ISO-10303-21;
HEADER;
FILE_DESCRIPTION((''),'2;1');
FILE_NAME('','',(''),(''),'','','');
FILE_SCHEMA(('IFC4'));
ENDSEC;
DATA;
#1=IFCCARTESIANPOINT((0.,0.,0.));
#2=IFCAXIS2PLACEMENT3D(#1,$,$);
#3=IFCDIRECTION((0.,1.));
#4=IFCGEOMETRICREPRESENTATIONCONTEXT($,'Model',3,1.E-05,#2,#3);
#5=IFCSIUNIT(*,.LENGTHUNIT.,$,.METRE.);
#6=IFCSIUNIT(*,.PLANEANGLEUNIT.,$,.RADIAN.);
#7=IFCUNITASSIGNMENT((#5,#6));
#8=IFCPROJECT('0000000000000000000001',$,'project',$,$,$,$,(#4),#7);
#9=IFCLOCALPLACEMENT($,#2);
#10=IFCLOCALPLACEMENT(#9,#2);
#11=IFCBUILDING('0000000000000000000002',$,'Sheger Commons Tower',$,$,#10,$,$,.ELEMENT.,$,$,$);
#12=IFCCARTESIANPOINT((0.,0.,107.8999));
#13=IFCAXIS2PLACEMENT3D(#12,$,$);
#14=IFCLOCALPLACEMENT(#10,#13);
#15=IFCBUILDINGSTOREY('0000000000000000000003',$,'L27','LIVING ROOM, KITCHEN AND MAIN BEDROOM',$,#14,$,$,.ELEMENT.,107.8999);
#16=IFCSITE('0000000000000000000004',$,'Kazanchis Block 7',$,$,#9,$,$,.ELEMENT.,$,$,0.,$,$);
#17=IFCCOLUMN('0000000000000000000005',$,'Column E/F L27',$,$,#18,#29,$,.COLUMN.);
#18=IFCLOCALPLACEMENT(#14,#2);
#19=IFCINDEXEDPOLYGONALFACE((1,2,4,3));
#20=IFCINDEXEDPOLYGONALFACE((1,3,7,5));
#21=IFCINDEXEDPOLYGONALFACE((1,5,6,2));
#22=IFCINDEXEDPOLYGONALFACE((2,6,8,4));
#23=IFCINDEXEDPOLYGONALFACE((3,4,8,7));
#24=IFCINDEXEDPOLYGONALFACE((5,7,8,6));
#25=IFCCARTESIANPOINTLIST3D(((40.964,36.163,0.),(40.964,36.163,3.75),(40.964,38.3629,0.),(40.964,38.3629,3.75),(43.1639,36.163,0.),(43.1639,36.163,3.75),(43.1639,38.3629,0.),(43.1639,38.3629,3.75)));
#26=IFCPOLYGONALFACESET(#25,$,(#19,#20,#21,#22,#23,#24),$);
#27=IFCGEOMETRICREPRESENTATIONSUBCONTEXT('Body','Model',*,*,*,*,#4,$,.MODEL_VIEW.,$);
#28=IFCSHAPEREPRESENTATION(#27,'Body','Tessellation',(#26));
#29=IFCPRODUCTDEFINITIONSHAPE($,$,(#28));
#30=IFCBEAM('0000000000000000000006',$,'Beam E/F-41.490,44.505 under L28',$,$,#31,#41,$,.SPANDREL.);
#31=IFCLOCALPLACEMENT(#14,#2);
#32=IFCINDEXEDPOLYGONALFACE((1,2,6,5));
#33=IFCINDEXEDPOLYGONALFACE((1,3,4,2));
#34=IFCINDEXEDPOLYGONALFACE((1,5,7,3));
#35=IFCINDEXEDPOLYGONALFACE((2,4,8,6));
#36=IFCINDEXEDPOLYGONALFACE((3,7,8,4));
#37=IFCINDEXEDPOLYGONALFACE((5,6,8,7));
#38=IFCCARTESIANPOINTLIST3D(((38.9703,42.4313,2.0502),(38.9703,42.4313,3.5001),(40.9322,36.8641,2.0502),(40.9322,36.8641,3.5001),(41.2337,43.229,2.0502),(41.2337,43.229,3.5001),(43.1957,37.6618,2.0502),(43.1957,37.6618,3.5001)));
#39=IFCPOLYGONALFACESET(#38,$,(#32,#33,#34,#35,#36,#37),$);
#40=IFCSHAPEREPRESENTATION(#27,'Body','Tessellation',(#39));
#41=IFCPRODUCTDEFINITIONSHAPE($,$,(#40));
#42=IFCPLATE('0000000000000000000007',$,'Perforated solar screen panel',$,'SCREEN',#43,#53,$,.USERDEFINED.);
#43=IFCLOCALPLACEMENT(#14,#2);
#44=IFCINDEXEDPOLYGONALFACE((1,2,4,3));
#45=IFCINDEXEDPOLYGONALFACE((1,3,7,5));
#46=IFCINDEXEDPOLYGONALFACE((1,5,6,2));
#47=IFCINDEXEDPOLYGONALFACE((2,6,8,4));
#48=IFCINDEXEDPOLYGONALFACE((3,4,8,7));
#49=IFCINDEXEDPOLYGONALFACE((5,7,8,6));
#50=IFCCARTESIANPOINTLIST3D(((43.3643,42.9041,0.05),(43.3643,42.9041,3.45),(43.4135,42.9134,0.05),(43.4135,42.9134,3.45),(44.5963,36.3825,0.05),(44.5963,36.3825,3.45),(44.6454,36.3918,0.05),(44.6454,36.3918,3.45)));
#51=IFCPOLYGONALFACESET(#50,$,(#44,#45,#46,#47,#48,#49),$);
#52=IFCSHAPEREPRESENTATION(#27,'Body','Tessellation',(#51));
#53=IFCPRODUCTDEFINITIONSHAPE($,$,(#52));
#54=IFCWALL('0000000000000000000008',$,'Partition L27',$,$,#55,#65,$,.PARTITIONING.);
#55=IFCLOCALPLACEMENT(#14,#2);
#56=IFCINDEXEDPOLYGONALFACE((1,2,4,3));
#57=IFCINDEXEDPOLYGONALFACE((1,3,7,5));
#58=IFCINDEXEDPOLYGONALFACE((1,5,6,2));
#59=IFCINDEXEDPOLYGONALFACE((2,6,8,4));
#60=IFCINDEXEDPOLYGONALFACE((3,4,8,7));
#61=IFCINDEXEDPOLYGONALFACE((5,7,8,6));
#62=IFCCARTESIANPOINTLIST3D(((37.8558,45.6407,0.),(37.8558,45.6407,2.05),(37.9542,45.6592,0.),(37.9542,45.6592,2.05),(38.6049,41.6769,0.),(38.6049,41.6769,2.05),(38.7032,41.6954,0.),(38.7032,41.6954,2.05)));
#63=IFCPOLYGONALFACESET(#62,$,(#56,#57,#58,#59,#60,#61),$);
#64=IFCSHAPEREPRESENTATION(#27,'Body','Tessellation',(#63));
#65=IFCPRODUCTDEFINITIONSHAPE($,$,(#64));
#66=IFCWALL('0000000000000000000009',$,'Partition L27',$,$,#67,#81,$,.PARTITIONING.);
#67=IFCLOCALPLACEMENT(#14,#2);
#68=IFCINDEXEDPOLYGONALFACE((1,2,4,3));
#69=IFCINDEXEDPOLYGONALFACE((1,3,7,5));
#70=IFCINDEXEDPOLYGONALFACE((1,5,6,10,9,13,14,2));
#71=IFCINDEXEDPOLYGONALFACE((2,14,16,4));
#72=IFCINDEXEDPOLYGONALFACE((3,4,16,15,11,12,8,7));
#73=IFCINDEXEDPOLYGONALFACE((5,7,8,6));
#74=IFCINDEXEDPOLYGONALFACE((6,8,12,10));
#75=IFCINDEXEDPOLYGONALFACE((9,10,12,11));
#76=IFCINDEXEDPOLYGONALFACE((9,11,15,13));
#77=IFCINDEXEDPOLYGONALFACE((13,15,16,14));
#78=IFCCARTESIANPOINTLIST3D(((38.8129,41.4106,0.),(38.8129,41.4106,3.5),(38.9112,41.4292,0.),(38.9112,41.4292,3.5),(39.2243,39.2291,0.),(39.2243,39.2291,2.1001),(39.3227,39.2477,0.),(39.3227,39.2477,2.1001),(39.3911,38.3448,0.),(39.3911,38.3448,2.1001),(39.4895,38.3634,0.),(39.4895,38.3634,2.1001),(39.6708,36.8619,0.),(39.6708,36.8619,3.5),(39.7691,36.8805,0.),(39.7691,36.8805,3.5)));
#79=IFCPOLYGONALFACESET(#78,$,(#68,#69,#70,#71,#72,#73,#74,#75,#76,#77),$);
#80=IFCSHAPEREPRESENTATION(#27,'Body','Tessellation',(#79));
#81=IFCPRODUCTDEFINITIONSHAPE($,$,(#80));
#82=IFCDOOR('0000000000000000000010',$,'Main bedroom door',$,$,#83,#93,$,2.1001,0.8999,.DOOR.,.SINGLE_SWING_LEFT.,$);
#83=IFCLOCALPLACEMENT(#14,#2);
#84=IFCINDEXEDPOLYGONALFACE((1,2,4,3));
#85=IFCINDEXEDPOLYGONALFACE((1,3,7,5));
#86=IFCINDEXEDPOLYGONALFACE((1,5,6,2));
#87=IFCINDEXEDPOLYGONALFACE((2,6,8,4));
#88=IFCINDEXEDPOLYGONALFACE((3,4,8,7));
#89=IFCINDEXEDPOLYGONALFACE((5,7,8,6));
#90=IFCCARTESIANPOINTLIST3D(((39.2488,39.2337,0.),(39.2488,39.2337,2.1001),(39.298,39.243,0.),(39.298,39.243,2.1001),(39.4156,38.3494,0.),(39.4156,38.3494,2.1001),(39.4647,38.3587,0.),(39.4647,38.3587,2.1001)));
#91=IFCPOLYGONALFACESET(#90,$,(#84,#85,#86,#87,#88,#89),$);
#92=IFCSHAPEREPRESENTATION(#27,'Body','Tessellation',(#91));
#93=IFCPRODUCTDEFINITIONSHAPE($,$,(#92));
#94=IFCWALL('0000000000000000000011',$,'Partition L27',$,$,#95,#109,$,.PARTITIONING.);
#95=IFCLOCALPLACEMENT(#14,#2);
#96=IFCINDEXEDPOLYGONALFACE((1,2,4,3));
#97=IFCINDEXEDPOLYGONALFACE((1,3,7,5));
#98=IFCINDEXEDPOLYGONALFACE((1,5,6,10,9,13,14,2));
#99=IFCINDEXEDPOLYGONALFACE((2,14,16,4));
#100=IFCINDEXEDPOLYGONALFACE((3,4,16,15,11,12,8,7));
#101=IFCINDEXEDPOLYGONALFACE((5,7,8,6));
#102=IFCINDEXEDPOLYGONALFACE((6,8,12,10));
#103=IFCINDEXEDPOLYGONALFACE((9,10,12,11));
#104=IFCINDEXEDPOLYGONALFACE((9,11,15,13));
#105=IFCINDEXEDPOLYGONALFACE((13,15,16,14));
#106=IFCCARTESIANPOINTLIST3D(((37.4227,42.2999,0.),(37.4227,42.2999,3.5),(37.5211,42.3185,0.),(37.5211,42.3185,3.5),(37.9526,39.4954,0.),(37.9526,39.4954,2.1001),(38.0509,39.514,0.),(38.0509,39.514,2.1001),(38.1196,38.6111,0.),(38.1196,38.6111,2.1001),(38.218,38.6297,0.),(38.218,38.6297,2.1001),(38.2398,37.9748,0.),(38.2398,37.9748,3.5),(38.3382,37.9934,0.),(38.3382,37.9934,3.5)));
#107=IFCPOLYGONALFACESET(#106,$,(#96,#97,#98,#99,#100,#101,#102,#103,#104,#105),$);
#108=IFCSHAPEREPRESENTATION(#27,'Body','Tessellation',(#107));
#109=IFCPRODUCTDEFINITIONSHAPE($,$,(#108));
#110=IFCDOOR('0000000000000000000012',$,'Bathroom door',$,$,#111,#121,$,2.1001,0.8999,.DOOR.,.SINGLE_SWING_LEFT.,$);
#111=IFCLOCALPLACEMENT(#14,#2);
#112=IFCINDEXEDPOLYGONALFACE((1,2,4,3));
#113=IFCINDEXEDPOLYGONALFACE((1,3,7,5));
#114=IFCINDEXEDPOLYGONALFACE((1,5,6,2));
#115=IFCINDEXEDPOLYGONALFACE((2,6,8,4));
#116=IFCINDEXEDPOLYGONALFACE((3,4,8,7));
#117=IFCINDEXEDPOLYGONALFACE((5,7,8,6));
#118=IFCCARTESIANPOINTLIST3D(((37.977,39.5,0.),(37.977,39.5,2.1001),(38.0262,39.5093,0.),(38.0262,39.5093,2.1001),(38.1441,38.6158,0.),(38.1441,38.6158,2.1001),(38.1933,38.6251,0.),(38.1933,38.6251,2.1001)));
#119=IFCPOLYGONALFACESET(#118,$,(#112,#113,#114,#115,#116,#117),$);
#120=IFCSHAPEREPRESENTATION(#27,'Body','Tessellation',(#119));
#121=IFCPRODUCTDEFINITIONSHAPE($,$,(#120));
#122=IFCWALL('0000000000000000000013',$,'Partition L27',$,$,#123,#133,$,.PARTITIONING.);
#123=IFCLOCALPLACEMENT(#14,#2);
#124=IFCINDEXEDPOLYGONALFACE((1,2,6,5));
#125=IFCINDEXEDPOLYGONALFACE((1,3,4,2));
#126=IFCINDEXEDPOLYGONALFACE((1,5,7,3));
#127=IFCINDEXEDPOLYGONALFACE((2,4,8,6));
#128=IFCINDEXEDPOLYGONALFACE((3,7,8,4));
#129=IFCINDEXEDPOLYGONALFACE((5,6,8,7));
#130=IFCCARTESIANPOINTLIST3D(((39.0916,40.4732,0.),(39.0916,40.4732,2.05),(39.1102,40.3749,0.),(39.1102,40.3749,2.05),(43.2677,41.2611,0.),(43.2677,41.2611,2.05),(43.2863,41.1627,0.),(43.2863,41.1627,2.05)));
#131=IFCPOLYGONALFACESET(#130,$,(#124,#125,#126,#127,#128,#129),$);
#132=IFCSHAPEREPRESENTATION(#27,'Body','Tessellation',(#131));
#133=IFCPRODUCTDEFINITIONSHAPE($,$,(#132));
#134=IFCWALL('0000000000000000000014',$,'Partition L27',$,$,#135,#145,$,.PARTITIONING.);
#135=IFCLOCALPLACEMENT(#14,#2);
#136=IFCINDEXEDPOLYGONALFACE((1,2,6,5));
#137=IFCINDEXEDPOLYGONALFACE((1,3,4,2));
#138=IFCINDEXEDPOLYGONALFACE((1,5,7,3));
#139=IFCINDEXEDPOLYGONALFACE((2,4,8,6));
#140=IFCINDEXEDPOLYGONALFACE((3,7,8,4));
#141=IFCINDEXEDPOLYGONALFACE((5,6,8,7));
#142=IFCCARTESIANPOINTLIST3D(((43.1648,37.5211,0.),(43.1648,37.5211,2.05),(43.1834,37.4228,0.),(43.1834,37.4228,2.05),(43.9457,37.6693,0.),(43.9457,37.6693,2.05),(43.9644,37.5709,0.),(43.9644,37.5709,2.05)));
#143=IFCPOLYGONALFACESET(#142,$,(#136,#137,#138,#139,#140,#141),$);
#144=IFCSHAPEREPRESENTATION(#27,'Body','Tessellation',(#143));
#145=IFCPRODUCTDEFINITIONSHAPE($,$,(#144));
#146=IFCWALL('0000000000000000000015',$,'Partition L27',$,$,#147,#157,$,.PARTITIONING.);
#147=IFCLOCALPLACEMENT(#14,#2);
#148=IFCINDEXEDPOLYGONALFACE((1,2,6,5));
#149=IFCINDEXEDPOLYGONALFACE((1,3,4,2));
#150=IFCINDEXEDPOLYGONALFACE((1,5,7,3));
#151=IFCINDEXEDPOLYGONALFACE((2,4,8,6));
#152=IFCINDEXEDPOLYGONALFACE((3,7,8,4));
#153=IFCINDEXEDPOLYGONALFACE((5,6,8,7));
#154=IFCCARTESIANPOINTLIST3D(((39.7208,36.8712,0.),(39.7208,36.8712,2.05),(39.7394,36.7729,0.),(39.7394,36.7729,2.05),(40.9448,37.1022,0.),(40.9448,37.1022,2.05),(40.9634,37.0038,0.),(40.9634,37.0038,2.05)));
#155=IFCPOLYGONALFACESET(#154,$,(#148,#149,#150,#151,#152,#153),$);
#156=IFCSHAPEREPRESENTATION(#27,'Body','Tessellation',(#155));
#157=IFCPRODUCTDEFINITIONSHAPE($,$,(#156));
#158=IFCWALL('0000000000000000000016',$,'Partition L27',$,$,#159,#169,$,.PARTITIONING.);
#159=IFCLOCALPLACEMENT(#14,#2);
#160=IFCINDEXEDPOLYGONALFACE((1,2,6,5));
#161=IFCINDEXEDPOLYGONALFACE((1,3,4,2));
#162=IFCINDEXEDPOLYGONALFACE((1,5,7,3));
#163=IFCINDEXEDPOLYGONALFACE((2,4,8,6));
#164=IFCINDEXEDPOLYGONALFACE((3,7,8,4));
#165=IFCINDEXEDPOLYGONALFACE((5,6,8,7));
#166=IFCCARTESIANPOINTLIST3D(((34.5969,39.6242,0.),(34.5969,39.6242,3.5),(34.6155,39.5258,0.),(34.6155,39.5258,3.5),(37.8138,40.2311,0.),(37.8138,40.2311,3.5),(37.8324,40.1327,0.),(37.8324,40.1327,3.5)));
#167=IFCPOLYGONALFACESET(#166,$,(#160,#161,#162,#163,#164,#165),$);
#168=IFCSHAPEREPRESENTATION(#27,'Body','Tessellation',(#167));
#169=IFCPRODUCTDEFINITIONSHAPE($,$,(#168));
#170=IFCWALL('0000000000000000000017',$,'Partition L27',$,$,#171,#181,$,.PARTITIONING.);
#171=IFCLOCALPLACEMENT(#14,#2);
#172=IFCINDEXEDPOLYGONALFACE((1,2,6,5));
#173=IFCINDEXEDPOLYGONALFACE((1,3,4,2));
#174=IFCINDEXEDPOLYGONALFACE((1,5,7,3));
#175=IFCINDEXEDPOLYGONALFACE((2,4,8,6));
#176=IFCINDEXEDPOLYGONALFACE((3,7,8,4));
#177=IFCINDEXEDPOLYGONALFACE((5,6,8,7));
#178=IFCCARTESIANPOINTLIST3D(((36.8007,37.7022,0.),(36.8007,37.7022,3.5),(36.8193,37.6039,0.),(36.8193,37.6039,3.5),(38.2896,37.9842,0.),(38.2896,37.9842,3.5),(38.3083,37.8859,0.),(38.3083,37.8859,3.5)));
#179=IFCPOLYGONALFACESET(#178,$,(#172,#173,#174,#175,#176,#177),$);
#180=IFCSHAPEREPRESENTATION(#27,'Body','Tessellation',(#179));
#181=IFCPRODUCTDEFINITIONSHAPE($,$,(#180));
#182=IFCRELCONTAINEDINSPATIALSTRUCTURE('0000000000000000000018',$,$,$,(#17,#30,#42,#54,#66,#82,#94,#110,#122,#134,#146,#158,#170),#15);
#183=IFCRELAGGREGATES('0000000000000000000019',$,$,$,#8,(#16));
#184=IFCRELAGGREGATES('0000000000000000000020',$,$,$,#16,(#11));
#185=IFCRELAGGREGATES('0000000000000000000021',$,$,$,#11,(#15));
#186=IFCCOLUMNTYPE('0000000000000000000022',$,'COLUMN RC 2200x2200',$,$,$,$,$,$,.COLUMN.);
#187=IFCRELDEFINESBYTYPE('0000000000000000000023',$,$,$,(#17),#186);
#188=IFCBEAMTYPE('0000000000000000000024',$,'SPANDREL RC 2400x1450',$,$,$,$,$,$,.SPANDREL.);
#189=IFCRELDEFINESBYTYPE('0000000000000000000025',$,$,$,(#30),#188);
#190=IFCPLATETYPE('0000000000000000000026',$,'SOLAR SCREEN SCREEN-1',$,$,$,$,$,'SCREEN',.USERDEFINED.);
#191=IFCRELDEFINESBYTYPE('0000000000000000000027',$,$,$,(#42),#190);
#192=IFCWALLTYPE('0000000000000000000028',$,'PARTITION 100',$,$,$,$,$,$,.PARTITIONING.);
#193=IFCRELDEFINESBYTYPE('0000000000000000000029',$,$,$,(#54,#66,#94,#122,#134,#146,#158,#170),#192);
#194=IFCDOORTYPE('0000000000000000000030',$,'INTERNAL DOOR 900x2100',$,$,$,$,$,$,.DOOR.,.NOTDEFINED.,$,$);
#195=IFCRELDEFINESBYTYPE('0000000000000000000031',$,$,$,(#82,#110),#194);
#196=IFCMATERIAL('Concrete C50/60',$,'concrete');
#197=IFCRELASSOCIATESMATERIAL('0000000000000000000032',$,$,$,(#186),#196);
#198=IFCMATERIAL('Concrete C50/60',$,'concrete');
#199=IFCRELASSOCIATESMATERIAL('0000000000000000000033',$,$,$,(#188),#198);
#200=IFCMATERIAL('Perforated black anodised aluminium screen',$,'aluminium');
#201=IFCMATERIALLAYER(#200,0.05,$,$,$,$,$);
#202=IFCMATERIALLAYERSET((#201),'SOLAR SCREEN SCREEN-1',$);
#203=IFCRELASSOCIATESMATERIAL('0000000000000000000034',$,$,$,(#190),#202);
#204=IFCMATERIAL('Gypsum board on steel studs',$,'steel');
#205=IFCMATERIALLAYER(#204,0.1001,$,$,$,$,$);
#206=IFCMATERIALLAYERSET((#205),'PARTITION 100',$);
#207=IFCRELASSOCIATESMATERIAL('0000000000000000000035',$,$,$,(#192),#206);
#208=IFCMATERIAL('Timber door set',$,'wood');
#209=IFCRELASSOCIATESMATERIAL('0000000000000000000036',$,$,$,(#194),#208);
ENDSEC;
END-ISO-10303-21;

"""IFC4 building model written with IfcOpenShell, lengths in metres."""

from ifc_helpers import new_model, si_unit, direction, frame, frame_2d, origin, origin_2d, place, context, subcontext, project, spatial, rectangle, extrude, material, layer, layer_set, material_profile, profile_set, type_object, element, fill, save


model = new_model("IFC4")

# Units and contexts
model_context = context("Model", 3, precision=1e-05, world=origin(), true_north=direction((0.0, 1.0)))
body_context = subcontext(model_context, "Body", "Model", "MODEL_VIEW")
ifc_project = project(units=[si_unit("LENGTHUNIT", "METRE"), si_unit("PLANEANGLEUNIT", "RADIAN")], contexts=[model_context])

# Site, building, storey
site_placement = place(None, origin())
site = spatial("IfcSite", under=ifc_project, at=site_placement, Name="Kazanchis Block 7", CompositionType="ELEMENT", RefElevation=0.0)
building_placement = place(site_placement, origin())
building = spatial("IfcBuilding", under=site, at=building_placement, Name="Sheger Commons Tower", CompositionType="ELEMENT")
storey_placement = place(building_placement, frame((0.0, 0.0, 107.8999)))
storey = spatial("IfcBuildingStorey", under=building, at=storey_placement, Name="L27", Description="LIVING ROOM, KITCHEN AND MAIN BEDROOM", CompositionType="ELEMENT", Elevation=107.8999)

# Column
ifc_material_1 = material(Name="Concrete C50/60", Category="concrete")
ifc_material_profile_1 = material_profile(ifc_material_1, rectangle(XDim=2.2, YDim=2.2, at=origin_2d()), Name="RC 2200x2200")
ifc_profile_set_1 = profile_set([ifc_material_profile_1], Name="Concrete C50/60")
column_type = type_object("IfcColumnType", Name="COLUMN RC 2200x2200", PredefinedType="COLUMN", material=ifc_profile_set_1)
column_placement = place(storey_placement, frame((42.064, 37.2629, 0.0), z_axis=(0.0, 0.0, 1.0), x_axis=(1.0, 0.0, 0.0)))
element("IfcColumn", 1, at=column_placement, inside=storey, type_object=column_type, Name="Column E/F L27", PredefinedType="COLUMN", context=body_context, shape_type="SweptSolid", body=[
    extrude(rectangle(XDim=2.2, YDim=2.2, at=origin_2d()), origin(), (0.0, 0.0, 1.0), 3.75),
])

# Beam
ifc_material_2 = material(Name="Concrete C50/60", Category="concrete")
ifc_material_profile_2 = material_profile(ifc_material_2, rectangle(XDim=2.3999, YDim=1.45, at=origin_2d()), Name="RC 2400x1450")
ifc_profile_set_2 = profile_set([ifc_material_profile_2], Name="Concrete C50/60")
beam_type = type_object("IfcBeamType", Name="SPANDREL RC 2400x1450", PredefinedType="SPANDREL", material=ifc_profile_set_2)
beam_placement = place(storey_placement, frame((42.064, 37.2629, 2.7751), z_axis=(-0.332374, 0.943148, 0.0), x_axis=(-0.943148, -0.332374, 0.0)))
element("IfcBeam", 2, at=beam_placement, inside=storey, type_object=beam_type, Name="Beam E/F-41.490,44.505 under L28", PredefinedType="SPANDREL", context=body_context, shape_type="SweptSolid", body=[
    extrude(rectangle(XDim=2.3999, YDim=1.45, at=origin_2d()), origin(), (0.0, 0.0, 1.0), 5.9028),
])

# Plate
ifc_material_3 = material(Name="Perforated black anodised aluminium screen", Category="aluminium")
ifc_layer_1 = layer(ifc_material_3, 0.05)
ifc_layer_set_1 = layer_set([ifc_layer_1], Name="SOLAR SCREEN SCREEN-1")
plate_type = type_object("IfcPlateType", Name="SOLAR SCREEN SCREEN-1", ElementType="SCREEN", PredefinedType="USERDEFINED", material=ifc_layer_set_1)
plate_placement = place(storey_placement, frame((44.0049, 39.6479, 0.05), z_axis=(0.0, 0.0, 1.0), x_axis=(-0.185615, 0.982623, 0.0)))
element("IfcPlate", 3, at=plate_placement, inside=storey, type_object=plate_type, Name="Perforated solar screen panel", ObjectType="SCREEN", PredefinedType="USERDEFINED", context=body_context, shape_type="SweptSolid", body=[
    extrude(rectangle(XDim=6.637, YDim=0.05, at=origin_2d()), origin(), (0.0, 0.0, 1.0), 3.3999),
])

# Wall
ifc_material_4 = material(Name="Gypsum board on steel studs", Category="steel")
ifc_layer_2 = layer(ifc_material_4, 0.1001)
ifc_layer_set_2 = layer_set([ifc_layer_2], Name="PARTITION 100")
wall_type = type_object("IfcWallType", Name="PARTITION 100", PredefinedType="PARTITIONING", material=ifc_layer_set_2)
wall_1_placement = place(storey_placement, frame((38.6541, 41.686, 0.0), z_axis=(0.0, 0.0, 1.0), x_axis=(-0.185677, 0.982611, 0.0)))
element("IfcWall", 4, at=wall_1_placement, inside=storey, type_object=wall_type, Name="Partition L27", PredefinedType="PARTITIONING", context=body_context, shape_type="SweptSolid", body=[
    extrude(rectangle(XDim=4.0339, YDim=0.1001, at=frame_2d((2.0171, 0.0))), origin(), (0.0, 0.0, 1.0), 2.05),
])

# Walls, openings, doors
wall_2_placement = place(storey_placement, frame((38.8621, 41.4199, 0.0), z_axis=(0.0, 0.0, 1.0), x_axis=(0.185333, -0.982676, 0.0)))
wall_2 = element("IfcWall", 5, at=wall_2_placement, inside=storey, type_object=wall_type, Name="Partition L27", PredefinedType="PARTITIONING", context=body_context, shape_type="SweptSolid", body=[
    extrude(rectangle(XDim=4.6289, YDim=0.1001, at=frame_2d((2.3145, 0.0))), origin(), (0.0, 0.0, 1.0), 3.5),
])
opening_1_placement = place(wall_2_placement, frame((2.22, 0.0, 0.0)))
opening_1 = element("IfcOpeningElement", 6, at=opening_1_placement, cuts=wall_2, PredefinedType="OPENING", context=body_context, shape_type="SweptSolid", body=[
    extrude(rectangle(XDim=0.8999, YDim=2.1001, at=frame_2d((0.45, 1.05))), frame((0.0, 0.0601, 0.0), z_axis=(0.0, -1.0, 0.0), x_axis=(1.0, 0.0, 0.0)), (0.0, 0.0, 1.0), 0.1201),
])
ifc_material_5 = material(Name="Timber door set", Category="wood")
door_type = type_object("IfcDoorType", Name="INTERNAL DOOR 900x2100", OperationType="NOTDEFINED", PredefinedType="DOOR", material=ifc_material_5)
door_1_placement = place(opening_1_placement, origin())
door_1 = element("IfcDoor", 7, at=door_1_placement, inside=storey, type_object=door_type, Name="Main bedroom door", OperationType="SINGLE_SWING_LEFT", OverallHeight=2.1001, OverallWidth=0.8999, PredefinedType="DOOR", context=body_context, shape_type="SweptSolid", body=[
    extrude(rectangle(XDim=0.8999, YDim=2.1001, at=frame_2d((0.45, 1.05))), frame((0.0, 0.0249, 0.0), z_axis=(0.0, -1.0, 0.0), x_axis=(1.0, 0.0, 0.0)), (0.0, 0.0, 1.0), 0.05),
])
fill(opening_1, door_1)
wall_3_placement = place(storey_placement, frame((37.4719, 42.3091, 0.0), z_axis=(0.0, 0.0, 1.0), x_axis=(0.185641, -0.982618, 0.0)))
wall_3 = element("IfcWall", 8, at=wall_3_placement, inside=storey, type_object=wall_type, Name="Partition L27", PredefinedType="PARTITIONING", context=body_context, shape_type="SweptSolid", body=[
    extrude(rectangle(XDim=4.4016, YDim=0.1001, at=frame_2d((2.2007, 0.0))), origin(), (0.0, 0.0, 1.0), 3.5),
])
opening_2_placement = place(wall_3_placement, frame((2.854, 0.0, 0.0)))
opening_2 = element("IfcOpeningElement", 9, at=opening_2_placement, cuts=wall_3, PredefinedType="OPENING", context=body_context, shape_type="SweptSolid", body=[
    extrude(rectangle(XDim=0.8999, YDim=2.1001, at=frame_2d((0.45, 1.05))), frame((0.0, 0.0601, 0.0), z_axis=(0.0, -1.0, 0.0), x_axis=(1.0, 0.0, 0.0)), (0.0, 0.0, 1.0), 0.1201),
])
door_2_placement = place(opening_2_placement, origin())
door_2 = element("IfcDoor", 10, at=door_2_placement, inside=storey, type_object=door_type, Name="Bathroom door", OperationType="SINGLE_SWING_LEFT", OverallHeight=2.1001, OverallWidth=0.8999, PredefinedType="DOOR", context=body_context, shape_type="SweptSolid", body=[
    extrude(rectangle(XDim=0.8999, YDim=2.1001, at=frame_2d((0.45, 1.05))), frame((0.0, 0.0249, 0.0), z_axis=(0.0, -1.0, 0.0), x_axis=(1.0, 0.0, 0.0)), (0.0, 0.0, 1.0), 0.05),
])
fill(opening_2, door_2)

# Walls
wall_4_placement = place(storey_placement, frame((43.2771, 41.2119, 0.0), z_axis=(0.0, 0.0, 1.0), x_axis=(-0.982665, -0.185388, 0.0)))
element("IfcWall", 11, at=wall_4_placement, inside=storey, type_object=wall_type, Name="Partition L27", PredefinedType="PARTITIONING", context=body_context, shape_type="SweptSolid", body=[
    extrude(rectangle(XDim=4.2498, YDim=0.1001, at=frame_2d((2.125, 0.0))), origin(), (0.0, 0.0, 1.0), 2.05),
])
wall_5_placement = place(storey_placement, frame((43.9551, 37.6201, 0.0), z_axis=(0.0, 0.0, 1.0), x_axis=(-0.98247, -0.186421, 0.0)))
element("IfcWall", 12, at=wall_5_placement, inside=storey, type_object=wall_type, Name="Partition L27", PredefinedType="PARTITIONING", context=body_context, shape_type="SweptSolid", body=[
    extrude(rectangle(XDim=0.7949, YDim=0.1001, at=frame_2d((0.3975, 0.0))), origin(), (0.0, 0.0, 1.0), 2.05),
])
wall_6_placement = place(storey_placement, frame((40.9541, 37.053, 0.0), z_axis=(0.0, 0.0, 1.0), x_axis=(-0.982663, -0.185401, 0.0)))
element("IfcWall", 13, at=wall_6_placement, inside=storey, type_object=wall_type, Name="Partition L27", PredefinedType="PARTITIONING", context=body_context, shape_type="SweptSolid", body=[
    extrude(rectangle(XDim=1.2456, YDim=0.1001, at=frame_2d((0.6228, 0.0))), origin(), (0.0, 0.0, 1.0), 2.05),
])
wall_7_placement = place(storey_placement, frame((37.823, 40.1819, 0.0), z_axis=(0.0, 0.0, 1.0), x_axis=(-0.982665, -0.185392, 0.0)))
element("IfcWall", 14, at=wall_7_placement, inside=storey, type_object=wall_type, Name="Partition L27", PredefinedType="PARTITIONING", context=body_context, shape_type="SweptSolid", body=[
    extrude(rectangle(XDim=3.2737, YDim=0.1001, at=frame_2d((1.6367, 0.0))), origin(), (0.0, 0.0, 1.0), 3.5),
])
wall_8_placement = place(storey_placement, frame((38.2991, 37.9351, 0.0), z_axis=(0.0, 0.0, 1.0), x_axis=(-0.982537, -0.186068, 0.0)))
element("IfcWall", 15, at=wall_8_placement, inside=storey, type_object=wall_type, Name="Partition L27", PredefinedType="PARTITIONING", context=body_context, shape_type="SweptSolid", body=[
    extrude(rectangle(XDim=1.5154, YDim=0.1001, at=frame_2d((0.7578, 0.0))), origin(), (0.0, 0.0, 1.0), 3.5),
])

save(model, "model.ifc")
